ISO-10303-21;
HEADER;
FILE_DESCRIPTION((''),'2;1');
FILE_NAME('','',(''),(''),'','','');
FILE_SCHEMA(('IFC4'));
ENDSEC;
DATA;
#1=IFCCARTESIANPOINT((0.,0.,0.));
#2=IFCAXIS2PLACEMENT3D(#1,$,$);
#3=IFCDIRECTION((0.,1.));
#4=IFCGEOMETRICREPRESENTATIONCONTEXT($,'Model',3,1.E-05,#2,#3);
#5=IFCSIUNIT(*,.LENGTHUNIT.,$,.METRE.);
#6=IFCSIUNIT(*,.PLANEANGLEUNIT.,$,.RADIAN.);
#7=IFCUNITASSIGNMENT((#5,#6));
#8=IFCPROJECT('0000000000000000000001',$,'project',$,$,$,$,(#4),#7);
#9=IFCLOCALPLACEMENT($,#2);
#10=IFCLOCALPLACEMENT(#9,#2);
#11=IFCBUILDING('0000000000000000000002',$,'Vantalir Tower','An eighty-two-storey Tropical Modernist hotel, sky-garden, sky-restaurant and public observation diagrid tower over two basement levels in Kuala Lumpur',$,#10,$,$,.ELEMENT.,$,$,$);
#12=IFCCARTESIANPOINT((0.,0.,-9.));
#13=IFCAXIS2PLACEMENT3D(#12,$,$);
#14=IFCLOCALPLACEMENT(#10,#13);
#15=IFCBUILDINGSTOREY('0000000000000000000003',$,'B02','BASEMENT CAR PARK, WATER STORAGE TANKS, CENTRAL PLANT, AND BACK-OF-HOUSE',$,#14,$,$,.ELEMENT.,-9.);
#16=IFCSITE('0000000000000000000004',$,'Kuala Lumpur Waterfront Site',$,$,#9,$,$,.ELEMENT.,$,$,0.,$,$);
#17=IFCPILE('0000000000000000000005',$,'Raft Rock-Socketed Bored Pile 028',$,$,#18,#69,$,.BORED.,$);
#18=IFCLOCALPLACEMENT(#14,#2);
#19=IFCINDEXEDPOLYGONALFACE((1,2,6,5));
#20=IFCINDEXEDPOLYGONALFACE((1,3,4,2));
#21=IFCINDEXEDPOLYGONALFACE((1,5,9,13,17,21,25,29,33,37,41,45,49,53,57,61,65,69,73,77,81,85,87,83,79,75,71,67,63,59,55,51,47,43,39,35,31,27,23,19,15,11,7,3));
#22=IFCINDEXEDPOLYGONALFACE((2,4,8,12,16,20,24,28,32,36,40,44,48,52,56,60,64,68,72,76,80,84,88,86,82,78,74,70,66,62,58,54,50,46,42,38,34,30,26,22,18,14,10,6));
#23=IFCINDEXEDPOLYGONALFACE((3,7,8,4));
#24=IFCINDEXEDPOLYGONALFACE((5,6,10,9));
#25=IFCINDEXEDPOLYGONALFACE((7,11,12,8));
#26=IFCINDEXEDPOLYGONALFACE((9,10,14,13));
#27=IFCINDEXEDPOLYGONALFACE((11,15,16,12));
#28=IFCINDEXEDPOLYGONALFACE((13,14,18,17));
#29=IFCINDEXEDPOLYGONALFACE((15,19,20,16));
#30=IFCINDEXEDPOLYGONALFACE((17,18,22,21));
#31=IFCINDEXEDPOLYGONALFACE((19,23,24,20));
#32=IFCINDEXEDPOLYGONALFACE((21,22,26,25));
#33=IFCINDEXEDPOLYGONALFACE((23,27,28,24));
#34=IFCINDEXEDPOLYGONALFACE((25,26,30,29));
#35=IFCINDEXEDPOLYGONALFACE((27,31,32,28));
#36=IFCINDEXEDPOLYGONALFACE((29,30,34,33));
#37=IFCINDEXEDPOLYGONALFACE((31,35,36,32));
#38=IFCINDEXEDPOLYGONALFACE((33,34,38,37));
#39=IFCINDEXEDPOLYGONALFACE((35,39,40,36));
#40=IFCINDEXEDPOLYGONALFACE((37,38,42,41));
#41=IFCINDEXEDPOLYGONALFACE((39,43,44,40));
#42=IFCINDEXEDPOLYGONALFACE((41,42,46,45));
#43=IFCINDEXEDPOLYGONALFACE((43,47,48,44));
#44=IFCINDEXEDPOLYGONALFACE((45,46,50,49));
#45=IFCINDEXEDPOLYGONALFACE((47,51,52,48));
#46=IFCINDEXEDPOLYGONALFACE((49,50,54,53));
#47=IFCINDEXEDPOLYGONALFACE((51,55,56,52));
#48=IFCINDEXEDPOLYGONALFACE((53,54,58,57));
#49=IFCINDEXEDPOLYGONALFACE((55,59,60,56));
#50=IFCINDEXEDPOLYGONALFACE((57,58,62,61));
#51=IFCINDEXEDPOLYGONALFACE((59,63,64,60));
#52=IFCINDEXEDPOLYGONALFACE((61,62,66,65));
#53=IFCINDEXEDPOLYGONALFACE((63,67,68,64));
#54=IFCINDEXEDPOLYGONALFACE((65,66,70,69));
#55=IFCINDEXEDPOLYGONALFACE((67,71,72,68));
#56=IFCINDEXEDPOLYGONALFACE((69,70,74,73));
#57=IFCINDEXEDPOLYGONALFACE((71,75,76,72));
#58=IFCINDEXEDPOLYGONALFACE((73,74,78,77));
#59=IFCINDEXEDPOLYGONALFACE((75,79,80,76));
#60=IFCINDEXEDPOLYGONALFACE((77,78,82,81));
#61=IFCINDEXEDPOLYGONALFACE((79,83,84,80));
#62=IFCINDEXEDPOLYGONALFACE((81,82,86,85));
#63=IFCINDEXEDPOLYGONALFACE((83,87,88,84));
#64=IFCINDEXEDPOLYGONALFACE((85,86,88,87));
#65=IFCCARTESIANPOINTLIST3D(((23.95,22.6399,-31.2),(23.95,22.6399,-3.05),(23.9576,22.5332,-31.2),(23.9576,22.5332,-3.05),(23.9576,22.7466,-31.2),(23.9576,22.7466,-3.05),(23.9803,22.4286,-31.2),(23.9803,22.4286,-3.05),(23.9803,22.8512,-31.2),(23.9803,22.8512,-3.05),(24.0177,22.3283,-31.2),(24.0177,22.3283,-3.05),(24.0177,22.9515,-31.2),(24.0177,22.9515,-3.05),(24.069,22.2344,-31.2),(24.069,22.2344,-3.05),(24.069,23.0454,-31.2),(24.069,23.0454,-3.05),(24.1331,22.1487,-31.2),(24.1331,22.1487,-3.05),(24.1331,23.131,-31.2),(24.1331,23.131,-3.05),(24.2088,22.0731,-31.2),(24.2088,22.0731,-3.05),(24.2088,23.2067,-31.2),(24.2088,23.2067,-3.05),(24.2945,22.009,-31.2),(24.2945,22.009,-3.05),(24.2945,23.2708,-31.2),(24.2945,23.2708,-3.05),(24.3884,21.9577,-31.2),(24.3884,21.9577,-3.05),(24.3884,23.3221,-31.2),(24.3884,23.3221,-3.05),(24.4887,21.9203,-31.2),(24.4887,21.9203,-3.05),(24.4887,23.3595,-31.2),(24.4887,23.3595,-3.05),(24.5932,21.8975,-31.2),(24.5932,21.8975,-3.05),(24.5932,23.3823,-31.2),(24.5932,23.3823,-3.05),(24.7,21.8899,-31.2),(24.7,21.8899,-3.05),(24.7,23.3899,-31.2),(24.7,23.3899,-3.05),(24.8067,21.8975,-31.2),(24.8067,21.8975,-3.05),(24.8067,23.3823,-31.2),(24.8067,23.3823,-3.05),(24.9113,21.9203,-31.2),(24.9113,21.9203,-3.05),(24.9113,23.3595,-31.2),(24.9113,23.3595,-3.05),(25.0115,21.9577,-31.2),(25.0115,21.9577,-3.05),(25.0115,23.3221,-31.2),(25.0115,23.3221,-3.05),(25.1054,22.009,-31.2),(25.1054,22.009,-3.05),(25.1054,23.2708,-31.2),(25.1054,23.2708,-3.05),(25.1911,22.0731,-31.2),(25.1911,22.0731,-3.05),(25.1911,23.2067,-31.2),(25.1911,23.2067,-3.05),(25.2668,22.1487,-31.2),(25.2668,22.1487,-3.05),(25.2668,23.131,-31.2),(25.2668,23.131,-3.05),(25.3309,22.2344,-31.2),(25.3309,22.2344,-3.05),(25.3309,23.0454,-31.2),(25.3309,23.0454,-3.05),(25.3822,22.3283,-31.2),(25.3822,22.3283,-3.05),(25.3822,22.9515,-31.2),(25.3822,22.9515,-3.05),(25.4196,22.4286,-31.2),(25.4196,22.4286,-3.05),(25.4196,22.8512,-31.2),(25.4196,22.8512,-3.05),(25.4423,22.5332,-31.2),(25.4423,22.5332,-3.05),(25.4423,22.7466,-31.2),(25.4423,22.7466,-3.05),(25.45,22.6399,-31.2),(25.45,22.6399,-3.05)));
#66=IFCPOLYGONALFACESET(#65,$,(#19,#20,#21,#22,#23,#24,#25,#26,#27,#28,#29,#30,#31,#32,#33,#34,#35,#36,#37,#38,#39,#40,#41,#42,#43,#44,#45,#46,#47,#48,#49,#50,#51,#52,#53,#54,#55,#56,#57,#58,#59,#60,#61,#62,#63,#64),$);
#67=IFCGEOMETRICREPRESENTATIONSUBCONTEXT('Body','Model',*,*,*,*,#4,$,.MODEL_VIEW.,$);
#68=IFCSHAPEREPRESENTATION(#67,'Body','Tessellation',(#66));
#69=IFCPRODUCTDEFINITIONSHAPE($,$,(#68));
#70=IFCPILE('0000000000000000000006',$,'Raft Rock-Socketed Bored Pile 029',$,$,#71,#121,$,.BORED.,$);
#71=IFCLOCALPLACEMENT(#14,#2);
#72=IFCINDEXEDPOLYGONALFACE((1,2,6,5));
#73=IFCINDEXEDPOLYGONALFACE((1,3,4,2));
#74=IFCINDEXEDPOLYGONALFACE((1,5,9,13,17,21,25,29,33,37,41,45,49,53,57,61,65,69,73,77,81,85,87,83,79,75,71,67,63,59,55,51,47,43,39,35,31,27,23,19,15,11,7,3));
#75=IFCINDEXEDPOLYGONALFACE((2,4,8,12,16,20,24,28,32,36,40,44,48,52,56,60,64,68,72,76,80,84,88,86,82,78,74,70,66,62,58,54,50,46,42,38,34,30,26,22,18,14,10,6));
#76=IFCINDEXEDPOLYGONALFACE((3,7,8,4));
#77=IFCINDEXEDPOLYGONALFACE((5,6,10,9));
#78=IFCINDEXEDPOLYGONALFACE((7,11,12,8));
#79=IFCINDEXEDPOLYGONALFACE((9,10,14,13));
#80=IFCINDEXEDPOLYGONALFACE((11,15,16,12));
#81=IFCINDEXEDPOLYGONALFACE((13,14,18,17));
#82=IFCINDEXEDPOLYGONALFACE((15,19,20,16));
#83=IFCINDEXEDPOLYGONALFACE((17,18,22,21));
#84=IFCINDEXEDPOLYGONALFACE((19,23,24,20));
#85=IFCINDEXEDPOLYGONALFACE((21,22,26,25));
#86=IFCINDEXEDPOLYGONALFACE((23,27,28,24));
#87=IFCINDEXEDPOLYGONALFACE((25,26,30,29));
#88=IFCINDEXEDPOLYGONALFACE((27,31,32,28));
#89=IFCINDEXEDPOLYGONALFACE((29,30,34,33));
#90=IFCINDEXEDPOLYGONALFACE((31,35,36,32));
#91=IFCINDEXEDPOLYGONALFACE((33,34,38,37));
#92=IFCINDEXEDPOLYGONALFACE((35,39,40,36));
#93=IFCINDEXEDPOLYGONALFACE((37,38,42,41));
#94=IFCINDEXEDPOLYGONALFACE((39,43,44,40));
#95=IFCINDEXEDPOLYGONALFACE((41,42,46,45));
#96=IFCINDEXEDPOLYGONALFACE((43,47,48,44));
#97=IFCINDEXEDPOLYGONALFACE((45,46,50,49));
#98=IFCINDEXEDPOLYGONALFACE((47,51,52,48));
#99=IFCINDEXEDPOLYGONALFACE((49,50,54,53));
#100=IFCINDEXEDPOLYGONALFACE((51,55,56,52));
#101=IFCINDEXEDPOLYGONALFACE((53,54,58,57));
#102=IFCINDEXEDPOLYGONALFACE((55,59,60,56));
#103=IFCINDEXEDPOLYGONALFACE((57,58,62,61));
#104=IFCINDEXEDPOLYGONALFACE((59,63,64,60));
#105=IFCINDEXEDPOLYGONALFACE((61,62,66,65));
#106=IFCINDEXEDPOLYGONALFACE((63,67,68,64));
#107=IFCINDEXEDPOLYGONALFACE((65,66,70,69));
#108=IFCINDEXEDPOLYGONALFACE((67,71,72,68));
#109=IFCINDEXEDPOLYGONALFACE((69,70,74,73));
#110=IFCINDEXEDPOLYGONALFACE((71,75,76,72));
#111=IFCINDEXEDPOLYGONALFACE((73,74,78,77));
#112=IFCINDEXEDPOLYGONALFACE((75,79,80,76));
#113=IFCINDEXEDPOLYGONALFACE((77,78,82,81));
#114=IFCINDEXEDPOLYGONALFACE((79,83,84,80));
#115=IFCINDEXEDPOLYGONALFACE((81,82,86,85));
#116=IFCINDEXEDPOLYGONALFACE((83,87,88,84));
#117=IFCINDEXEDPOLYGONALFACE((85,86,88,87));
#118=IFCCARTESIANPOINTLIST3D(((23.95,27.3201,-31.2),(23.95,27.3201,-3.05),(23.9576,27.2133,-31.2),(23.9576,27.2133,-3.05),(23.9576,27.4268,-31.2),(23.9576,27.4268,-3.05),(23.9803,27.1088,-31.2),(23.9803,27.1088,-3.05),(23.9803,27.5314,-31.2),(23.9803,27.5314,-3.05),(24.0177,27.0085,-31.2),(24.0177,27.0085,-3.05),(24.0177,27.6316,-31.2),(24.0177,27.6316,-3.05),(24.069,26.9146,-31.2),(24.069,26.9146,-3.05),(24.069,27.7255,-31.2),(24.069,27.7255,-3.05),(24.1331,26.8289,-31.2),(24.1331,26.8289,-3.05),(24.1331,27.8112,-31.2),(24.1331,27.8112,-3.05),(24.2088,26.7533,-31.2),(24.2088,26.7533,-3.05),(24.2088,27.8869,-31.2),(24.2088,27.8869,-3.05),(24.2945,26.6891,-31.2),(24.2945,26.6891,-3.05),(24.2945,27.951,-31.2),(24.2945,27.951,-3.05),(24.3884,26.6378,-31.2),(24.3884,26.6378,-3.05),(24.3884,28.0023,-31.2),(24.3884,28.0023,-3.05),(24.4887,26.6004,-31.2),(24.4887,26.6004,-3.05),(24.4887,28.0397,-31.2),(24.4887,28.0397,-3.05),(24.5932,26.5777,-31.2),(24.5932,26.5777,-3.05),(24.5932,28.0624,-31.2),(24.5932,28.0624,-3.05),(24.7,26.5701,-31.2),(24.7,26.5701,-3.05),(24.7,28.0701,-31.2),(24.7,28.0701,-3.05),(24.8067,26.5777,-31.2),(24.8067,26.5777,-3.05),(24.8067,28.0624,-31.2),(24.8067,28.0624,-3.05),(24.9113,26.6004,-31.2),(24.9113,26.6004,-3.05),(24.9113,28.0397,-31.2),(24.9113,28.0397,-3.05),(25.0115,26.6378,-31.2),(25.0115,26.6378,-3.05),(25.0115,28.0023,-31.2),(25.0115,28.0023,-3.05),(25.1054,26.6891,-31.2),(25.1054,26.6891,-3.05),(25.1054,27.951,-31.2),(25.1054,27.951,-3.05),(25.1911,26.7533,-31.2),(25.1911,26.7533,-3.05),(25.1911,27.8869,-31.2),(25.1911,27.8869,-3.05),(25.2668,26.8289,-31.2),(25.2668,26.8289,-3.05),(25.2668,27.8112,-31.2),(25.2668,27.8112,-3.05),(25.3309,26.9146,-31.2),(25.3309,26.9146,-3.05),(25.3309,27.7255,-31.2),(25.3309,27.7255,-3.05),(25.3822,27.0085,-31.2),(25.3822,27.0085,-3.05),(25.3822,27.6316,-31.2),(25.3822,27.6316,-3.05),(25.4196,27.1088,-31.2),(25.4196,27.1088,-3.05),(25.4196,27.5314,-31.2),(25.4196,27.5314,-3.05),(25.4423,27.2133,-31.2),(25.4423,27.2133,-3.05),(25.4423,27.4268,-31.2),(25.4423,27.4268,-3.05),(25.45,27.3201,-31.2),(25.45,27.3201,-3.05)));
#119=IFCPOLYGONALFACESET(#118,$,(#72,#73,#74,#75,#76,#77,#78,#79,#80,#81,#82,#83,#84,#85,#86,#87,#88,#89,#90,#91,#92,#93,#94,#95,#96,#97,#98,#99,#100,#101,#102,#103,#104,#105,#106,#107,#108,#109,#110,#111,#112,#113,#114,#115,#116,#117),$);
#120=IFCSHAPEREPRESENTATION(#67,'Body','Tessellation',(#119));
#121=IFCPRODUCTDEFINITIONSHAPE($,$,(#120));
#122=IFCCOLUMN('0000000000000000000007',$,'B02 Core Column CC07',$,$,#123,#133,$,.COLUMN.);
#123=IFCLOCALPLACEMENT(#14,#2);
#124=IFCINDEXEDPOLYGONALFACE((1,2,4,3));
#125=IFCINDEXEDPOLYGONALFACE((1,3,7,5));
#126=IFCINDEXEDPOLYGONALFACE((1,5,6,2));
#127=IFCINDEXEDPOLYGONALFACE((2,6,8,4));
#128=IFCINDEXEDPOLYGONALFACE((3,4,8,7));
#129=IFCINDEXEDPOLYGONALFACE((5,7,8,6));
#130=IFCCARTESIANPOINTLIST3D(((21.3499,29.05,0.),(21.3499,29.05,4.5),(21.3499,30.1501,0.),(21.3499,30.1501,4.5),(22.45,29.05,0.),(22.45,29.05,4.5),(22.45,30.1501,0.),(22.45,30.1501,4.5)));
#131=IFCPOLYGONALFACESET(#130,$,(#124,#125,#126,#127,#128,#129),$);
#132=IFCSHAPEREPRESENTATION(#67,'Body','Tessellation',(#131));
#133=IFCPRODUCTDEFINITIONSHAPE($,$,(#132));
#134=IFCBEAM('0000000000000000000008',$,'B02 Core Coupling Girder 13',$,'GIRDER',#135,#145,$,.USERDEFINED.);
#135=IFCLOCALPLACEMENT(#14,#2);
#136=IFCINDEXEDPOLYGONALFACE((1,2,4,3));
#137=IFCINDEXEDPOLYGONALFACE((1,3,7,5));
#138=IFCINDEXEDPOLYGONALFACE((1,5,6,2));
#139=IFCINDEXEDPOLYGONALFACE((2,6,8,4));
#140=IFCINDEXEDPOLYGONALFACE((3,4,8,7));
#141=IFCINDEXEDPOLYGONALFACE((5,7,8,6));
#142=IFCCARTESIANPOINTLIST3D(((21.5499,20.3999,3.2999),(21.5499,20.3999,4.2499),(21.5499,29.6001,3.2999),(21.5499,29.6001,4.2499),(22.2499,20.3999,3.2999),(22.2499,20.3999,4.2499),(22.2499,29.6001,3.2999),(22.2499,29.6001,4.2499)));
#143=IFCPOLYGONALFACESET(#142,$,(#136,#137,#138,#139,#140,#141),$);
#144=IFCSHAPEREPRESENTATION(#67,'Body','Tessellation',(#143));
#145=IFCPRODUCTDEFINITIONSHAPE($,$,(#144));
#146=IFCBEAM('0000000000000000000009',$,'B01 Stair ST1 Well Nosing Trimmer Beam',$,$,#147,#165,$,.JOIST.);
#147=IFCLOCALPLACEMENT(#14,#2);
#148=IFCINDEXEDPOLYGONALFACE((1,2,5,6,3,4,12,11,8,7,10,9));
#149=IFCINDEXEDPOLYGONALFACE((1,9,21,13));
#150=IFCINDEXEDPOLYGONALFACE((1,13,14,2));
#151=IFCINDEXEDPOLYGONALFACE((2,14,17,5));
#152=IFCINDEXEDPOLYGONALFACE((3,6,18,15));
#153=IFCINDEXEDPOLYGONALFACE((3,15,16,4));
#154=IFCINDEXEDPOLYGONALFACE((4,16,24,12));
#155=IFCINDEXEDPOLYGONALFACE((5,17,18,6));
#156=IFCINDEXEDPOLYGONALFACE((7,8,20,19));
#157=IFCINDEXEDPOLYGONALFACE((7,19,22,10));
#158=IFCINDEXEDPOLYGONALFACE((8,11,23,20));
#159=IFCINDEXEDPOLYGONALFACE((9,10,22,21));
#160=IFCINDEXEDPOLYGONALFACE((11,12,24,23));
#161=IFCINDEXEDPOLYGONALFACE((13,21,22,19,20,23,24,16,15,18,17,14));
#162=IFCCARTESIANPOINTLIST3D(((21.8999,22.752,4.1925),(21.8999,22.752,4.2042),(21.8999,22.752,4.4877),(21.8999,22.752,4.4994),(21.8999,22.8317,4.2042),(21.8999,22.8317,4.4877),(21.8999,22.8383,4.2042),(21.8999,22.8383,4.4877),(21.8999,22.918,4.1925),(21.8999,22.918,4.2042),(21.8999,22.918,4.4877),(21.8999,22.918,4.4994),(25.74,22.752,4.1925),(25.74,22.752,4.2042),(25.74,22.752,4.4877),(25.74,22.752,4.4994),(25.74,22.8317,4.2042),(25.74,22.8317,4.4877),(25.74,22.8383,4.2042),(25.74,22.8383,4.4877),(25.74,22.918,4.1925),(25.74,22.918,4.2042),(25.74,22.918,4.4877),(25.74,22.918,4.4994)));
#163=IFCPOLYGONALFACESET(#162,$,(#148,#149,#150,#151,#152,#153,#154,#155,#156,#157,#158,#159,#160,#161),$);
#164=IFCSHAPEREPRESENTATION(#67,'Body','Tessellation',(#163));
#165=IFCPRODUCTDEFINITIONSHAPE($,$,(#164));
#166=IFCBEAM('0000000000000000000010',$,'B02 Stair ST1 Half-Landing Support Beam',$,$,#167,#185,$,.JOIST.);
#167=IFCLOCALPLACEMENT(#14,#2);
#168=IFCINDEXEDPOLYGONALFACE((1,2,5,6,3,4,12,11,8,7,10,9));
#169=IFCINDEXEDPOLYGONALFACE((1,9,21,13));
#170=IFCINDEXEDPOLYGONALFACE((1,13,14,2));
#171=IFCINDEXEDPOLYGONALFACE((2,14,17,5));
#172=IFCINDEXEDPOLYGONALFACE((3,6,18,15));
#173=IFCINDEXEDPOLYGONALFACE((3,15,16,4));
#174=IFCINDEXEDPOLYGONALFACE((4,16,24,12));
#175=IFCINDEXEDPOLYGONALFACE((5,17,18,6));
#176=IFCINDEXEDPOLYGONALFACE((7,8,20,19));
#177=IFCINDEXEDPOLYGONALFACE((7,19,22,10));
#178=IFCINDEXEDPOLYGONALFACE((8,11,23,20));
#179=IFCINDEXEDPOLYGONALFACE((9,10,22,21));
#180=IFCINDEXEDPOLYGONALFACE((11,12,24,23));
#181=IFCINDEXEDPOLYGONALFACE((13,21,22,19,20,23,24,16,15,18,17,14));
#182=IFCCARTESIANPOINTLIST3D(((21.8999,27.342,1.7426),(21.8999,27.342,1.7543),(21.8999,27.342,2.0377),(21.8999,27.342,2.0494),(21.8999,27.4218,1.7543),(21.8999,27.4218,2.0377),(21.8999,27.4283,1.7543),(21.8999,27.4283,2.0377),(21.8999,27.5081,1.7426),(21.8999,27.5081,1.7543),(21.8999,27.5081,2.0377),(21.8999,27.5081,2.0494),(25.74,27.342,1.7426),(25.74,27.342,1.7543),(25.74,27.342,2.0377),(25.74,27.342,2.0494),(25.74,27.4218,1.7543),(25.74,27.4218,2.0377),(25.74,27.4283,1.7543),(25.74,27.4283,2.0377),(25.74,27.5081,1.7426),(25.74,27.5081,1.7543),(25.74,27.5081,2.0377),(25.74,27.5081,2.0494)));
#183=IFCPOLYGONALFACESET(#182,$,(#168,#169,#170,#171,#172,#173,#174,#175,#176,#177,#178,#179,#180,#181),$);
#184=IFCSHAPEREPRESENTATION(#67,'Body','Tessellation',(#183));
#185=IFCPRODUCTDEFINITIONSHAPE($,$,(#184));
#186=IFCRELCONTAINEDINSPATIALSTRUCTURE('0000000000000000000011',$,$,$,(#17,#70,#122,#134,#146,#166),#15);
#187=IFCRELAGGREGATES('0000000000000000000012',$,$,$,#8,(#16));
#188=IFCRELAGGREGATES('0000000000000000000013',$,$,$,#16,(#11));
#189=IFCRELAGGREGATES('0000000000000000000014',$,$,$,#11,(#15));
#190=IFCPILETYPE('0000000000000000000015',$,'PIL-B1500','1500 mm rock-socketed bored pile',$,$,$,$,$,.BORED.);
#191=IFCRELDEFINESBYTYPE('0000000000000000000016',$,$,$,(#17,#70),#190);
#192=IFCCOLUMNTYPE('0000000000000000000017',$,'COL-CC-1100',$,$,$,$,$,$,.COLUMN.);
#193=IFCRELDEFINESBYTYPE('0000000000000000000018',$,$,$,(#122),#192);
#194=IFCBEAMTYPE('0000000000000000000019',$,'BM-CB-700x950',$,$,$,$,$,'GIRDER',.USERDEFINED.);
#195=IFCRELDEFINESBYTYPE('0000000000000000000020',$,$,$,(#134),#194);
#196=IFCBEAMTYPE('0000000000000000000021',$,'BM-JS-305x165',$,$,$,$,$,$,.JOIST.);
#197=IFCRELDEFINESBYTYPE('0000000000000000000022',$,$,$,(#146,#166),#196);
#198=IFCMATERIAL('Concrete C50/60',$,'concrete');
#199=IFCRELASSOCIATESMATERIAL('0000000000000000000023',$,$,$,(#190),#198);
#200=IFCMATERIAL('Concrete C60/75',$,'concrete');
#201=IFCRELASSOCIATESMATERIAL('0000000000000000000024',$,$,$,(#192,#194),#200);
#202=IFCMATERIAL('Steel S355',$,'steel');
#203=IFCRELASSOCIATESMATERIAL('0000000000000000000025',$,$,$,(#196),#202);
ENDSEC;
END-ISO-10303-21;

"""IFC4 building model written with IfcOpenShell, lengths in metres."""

from ifc_helpers import new_model, si_unit, direction, frame, origin, origin_2d, place, context, subcontext, project, spatial, rectangle, circle, i_section, extrude, material, material_profile, profile_set, type_object, element, save


model = new_model("IFC4")

# Units and contexts
model_context = context("Model", 3, precision=1e-05, world=origin(), true_north=direction((0.0, 1.0)))
body_context = subcontext(model_context, "Body", "Model", "MODEL_VIEW")
ifc_project = project(units=[si_unit("LENGTHUNIT", "METRE"), si_unit("PLANEANGLEUNIT", "RADIAN")], contexts=[model_context])

# Site, building, storey
site_placement = place(None, origin())
site = spatial("IfcSite", under=ifc_project, at=site_placement, Name="Kuala Lumpur Waterfront Site", CompositionType="ELEMENT", RefElevation=0.0)
building_placement = place(site_placement, origin())
building = spatial("IfcBuilding", under=site, at=building_placement, Name="Vantalir Tower", Description="An eighty-two-storey Tropical Modernist hotel, sky-garden, sky-restaurant and public observation diagrid tower over two basement levels in Kuala Lumpur", CompositionType="ELEMENT")
storey_placement = place(building_placement, frame((0.0, 0.0, -9.0)))
storey = spatial("IfcBuildingStorey", under=building, at=storey_placement, Name="B02", Description="BASEMENT CAR PARK, WATER STORAGE TANKS, CENTRAL PLANT, AND BACK-OF-HOUSE", CompositionType="ELEMENT", Elevation=-9.0)

# Piles
ifc_material_1 = material(Name="Concrete C50/60", Category="concrete")
ifc_material_profile_1 = material_profile(ifc_material_1, circle(Radius=0.75, at=origin_2d()), Name="Concrete C50/60")
ifc_profile_set_1 = profile_set([ifc_material_profile_1], Name="Concrete C50/60")
pile_type_1 = type_object("IfcPileType", Name="PIL-B1500", Description="1500 mm rock-socketed bored pile", PredefinedType="BORED", material=ifc_profile_set_1)
for number, where, z_axis, x_axis, name in (
    (1, (24.7, 22.6399, -3.05), (0.0, 0.0, -1.0), (1.0, 0.0, 0.0), "Raft Rock-Socketed Bored Pile 028"),
    (2, (24.7, 27.3201, -3.05), (0.0, 0.0, -1.0), (1.0, 0.0, 0.0), "Raft Rock-Socketed Bored Pile 029"),
):
    element("IfcPile", number, at=place(storey_placement, frame(where, z_axis=z_axis, x_axis=x_axis)), inside=storey, type_object=pile_type_1, Name=name, PredefinedType="BORED", context=body_context, shape_type="SweptSolid", body=[
        extrude(circle(Radius=0.75, at=origin_2d()), origin(), (0.0, 0.0, 1.0), 28.1499),
    ])

# Column
ifc_material_2 = material(Name="Concrete C60/75", Category="concrete")
ifc_material_profile_2 = material_profile(ifc_material_2, rectangle(XDim=1.1001, YDim=1.1001, at=origin_2d()), Name="Concrete C60/75")
ifc_profile_set_2 = profile_set([ifc_material_profile_2], Name="Concrete C60/75")
column_type = type_object("IfcColumnType", Name="COL-CC-1100", PredefinedType="COLUMN", material=ifc_profile_set_2)
column_placement = place(storey_placement, frame((21.8999, 29.6001, 0.0), z_axis=(0.0, 0.0, 1.0), x_axis=(1.0, 0.0, 0.0)))
element("IfcColumn", 3, at=column_placement, inside=storey, type_object=column_type, Name="B02 Core Column CC07", PredefinedType="COLUMN", context=body_context, shape_type="SweptSolid", body=[
    extrude(rectangle(XDim=1.1001, YDim=1.1001, at=origin_2d()), origin(), (0.0, 0.0, 1.0), 4.5),
])

# Beams
ifc_material_profile_3 = material_profile(ifc_material_2, rectangle(XDim=0.7, YDim=0.95, at=origin_2d()), Name="Concrete C60/75")
ifc_profile_set_3 = profile_set([ifc_material_profile_3], Name="Concrete C60/75")
beam_type_1 = type_object("IfcBeamType", Name="BM-CB-700x950", ElementType="GIRDER", PredefinedType="USERDEFINED", material=ifc_profile_set_3)
beam_placement = place(storey_placement, frame((21.8999, 29.6001, 3.7749), z_axis=(0.0, -1.0, 0.0), x_axis=(1.0, 0.0, 0.0)))
element("IfcBeam", 4, at=beam_placement, inside=storey, type_object=beam_type_1, Name="B02 Core Coupling Girder 13", ObjectType="GIRDER", PredefinedType="USERDEFINED", context=body_context, shape_type="SweptSolid", body=[
    extrude(rectangle(XDim=0.7, YDim=0.95, at=origin_2d()), origin(), (0.0, 0.0, 1.0), 9.2002),
])
ifc_material_3 = material(Name="Steel S355", Category="steel")
ifc_material_profile_4 = material_profile(ifc_material_3, i_section(OverallWidth=0.166, OverallDepth=0.3069, WebThickness=0.0066, FlangeThickness=0.0117, at=origin_2d()), Name="Steel S355")
ifc_profile_set_4 = profile_set([ifc_material_profile_4], Name="Steel S355")
beam_type_2 = type_object("IfcBeamType", Name="BM-JS-305x165", PredefinedType="JOIST", material=ifc_profile_set_4)
for number, where, z_axis, x_axis, name in (
    (5, (21.8999, 22.835, 4.3459), (1.0, 0.0, 0.0), (0.0, 1.0, 0.0), "B01 Stair ST1 Well Nosing Trimmer Beam"),
    (6, (21.8999, 27.425, 1.896), (1.0, 0.0, 0.0), (0.0, 1.0, 0.0), "B02 Stair ST1 Half-Landing Support Beam"),
):
    element("IfcBeam", number, at=place(storey_placement, frame(where, z_axis=z_axis, x_axis=x_axis)), inside=storey, type_object=beam_type_2, Name=name, PredefinedType="JOIST", context=body_context, shape_type="SweptSolid", body=[
        extrude(i_section(OverallWidth=0.166, OverallDepth=0.3069, WebThickness=0.0066, FlangeThickness=0.0117, at=origin_2d()), origin(), (0.0, 0.0, 1.0), 3.8401),
    ])

save(model, "model.ifc")
